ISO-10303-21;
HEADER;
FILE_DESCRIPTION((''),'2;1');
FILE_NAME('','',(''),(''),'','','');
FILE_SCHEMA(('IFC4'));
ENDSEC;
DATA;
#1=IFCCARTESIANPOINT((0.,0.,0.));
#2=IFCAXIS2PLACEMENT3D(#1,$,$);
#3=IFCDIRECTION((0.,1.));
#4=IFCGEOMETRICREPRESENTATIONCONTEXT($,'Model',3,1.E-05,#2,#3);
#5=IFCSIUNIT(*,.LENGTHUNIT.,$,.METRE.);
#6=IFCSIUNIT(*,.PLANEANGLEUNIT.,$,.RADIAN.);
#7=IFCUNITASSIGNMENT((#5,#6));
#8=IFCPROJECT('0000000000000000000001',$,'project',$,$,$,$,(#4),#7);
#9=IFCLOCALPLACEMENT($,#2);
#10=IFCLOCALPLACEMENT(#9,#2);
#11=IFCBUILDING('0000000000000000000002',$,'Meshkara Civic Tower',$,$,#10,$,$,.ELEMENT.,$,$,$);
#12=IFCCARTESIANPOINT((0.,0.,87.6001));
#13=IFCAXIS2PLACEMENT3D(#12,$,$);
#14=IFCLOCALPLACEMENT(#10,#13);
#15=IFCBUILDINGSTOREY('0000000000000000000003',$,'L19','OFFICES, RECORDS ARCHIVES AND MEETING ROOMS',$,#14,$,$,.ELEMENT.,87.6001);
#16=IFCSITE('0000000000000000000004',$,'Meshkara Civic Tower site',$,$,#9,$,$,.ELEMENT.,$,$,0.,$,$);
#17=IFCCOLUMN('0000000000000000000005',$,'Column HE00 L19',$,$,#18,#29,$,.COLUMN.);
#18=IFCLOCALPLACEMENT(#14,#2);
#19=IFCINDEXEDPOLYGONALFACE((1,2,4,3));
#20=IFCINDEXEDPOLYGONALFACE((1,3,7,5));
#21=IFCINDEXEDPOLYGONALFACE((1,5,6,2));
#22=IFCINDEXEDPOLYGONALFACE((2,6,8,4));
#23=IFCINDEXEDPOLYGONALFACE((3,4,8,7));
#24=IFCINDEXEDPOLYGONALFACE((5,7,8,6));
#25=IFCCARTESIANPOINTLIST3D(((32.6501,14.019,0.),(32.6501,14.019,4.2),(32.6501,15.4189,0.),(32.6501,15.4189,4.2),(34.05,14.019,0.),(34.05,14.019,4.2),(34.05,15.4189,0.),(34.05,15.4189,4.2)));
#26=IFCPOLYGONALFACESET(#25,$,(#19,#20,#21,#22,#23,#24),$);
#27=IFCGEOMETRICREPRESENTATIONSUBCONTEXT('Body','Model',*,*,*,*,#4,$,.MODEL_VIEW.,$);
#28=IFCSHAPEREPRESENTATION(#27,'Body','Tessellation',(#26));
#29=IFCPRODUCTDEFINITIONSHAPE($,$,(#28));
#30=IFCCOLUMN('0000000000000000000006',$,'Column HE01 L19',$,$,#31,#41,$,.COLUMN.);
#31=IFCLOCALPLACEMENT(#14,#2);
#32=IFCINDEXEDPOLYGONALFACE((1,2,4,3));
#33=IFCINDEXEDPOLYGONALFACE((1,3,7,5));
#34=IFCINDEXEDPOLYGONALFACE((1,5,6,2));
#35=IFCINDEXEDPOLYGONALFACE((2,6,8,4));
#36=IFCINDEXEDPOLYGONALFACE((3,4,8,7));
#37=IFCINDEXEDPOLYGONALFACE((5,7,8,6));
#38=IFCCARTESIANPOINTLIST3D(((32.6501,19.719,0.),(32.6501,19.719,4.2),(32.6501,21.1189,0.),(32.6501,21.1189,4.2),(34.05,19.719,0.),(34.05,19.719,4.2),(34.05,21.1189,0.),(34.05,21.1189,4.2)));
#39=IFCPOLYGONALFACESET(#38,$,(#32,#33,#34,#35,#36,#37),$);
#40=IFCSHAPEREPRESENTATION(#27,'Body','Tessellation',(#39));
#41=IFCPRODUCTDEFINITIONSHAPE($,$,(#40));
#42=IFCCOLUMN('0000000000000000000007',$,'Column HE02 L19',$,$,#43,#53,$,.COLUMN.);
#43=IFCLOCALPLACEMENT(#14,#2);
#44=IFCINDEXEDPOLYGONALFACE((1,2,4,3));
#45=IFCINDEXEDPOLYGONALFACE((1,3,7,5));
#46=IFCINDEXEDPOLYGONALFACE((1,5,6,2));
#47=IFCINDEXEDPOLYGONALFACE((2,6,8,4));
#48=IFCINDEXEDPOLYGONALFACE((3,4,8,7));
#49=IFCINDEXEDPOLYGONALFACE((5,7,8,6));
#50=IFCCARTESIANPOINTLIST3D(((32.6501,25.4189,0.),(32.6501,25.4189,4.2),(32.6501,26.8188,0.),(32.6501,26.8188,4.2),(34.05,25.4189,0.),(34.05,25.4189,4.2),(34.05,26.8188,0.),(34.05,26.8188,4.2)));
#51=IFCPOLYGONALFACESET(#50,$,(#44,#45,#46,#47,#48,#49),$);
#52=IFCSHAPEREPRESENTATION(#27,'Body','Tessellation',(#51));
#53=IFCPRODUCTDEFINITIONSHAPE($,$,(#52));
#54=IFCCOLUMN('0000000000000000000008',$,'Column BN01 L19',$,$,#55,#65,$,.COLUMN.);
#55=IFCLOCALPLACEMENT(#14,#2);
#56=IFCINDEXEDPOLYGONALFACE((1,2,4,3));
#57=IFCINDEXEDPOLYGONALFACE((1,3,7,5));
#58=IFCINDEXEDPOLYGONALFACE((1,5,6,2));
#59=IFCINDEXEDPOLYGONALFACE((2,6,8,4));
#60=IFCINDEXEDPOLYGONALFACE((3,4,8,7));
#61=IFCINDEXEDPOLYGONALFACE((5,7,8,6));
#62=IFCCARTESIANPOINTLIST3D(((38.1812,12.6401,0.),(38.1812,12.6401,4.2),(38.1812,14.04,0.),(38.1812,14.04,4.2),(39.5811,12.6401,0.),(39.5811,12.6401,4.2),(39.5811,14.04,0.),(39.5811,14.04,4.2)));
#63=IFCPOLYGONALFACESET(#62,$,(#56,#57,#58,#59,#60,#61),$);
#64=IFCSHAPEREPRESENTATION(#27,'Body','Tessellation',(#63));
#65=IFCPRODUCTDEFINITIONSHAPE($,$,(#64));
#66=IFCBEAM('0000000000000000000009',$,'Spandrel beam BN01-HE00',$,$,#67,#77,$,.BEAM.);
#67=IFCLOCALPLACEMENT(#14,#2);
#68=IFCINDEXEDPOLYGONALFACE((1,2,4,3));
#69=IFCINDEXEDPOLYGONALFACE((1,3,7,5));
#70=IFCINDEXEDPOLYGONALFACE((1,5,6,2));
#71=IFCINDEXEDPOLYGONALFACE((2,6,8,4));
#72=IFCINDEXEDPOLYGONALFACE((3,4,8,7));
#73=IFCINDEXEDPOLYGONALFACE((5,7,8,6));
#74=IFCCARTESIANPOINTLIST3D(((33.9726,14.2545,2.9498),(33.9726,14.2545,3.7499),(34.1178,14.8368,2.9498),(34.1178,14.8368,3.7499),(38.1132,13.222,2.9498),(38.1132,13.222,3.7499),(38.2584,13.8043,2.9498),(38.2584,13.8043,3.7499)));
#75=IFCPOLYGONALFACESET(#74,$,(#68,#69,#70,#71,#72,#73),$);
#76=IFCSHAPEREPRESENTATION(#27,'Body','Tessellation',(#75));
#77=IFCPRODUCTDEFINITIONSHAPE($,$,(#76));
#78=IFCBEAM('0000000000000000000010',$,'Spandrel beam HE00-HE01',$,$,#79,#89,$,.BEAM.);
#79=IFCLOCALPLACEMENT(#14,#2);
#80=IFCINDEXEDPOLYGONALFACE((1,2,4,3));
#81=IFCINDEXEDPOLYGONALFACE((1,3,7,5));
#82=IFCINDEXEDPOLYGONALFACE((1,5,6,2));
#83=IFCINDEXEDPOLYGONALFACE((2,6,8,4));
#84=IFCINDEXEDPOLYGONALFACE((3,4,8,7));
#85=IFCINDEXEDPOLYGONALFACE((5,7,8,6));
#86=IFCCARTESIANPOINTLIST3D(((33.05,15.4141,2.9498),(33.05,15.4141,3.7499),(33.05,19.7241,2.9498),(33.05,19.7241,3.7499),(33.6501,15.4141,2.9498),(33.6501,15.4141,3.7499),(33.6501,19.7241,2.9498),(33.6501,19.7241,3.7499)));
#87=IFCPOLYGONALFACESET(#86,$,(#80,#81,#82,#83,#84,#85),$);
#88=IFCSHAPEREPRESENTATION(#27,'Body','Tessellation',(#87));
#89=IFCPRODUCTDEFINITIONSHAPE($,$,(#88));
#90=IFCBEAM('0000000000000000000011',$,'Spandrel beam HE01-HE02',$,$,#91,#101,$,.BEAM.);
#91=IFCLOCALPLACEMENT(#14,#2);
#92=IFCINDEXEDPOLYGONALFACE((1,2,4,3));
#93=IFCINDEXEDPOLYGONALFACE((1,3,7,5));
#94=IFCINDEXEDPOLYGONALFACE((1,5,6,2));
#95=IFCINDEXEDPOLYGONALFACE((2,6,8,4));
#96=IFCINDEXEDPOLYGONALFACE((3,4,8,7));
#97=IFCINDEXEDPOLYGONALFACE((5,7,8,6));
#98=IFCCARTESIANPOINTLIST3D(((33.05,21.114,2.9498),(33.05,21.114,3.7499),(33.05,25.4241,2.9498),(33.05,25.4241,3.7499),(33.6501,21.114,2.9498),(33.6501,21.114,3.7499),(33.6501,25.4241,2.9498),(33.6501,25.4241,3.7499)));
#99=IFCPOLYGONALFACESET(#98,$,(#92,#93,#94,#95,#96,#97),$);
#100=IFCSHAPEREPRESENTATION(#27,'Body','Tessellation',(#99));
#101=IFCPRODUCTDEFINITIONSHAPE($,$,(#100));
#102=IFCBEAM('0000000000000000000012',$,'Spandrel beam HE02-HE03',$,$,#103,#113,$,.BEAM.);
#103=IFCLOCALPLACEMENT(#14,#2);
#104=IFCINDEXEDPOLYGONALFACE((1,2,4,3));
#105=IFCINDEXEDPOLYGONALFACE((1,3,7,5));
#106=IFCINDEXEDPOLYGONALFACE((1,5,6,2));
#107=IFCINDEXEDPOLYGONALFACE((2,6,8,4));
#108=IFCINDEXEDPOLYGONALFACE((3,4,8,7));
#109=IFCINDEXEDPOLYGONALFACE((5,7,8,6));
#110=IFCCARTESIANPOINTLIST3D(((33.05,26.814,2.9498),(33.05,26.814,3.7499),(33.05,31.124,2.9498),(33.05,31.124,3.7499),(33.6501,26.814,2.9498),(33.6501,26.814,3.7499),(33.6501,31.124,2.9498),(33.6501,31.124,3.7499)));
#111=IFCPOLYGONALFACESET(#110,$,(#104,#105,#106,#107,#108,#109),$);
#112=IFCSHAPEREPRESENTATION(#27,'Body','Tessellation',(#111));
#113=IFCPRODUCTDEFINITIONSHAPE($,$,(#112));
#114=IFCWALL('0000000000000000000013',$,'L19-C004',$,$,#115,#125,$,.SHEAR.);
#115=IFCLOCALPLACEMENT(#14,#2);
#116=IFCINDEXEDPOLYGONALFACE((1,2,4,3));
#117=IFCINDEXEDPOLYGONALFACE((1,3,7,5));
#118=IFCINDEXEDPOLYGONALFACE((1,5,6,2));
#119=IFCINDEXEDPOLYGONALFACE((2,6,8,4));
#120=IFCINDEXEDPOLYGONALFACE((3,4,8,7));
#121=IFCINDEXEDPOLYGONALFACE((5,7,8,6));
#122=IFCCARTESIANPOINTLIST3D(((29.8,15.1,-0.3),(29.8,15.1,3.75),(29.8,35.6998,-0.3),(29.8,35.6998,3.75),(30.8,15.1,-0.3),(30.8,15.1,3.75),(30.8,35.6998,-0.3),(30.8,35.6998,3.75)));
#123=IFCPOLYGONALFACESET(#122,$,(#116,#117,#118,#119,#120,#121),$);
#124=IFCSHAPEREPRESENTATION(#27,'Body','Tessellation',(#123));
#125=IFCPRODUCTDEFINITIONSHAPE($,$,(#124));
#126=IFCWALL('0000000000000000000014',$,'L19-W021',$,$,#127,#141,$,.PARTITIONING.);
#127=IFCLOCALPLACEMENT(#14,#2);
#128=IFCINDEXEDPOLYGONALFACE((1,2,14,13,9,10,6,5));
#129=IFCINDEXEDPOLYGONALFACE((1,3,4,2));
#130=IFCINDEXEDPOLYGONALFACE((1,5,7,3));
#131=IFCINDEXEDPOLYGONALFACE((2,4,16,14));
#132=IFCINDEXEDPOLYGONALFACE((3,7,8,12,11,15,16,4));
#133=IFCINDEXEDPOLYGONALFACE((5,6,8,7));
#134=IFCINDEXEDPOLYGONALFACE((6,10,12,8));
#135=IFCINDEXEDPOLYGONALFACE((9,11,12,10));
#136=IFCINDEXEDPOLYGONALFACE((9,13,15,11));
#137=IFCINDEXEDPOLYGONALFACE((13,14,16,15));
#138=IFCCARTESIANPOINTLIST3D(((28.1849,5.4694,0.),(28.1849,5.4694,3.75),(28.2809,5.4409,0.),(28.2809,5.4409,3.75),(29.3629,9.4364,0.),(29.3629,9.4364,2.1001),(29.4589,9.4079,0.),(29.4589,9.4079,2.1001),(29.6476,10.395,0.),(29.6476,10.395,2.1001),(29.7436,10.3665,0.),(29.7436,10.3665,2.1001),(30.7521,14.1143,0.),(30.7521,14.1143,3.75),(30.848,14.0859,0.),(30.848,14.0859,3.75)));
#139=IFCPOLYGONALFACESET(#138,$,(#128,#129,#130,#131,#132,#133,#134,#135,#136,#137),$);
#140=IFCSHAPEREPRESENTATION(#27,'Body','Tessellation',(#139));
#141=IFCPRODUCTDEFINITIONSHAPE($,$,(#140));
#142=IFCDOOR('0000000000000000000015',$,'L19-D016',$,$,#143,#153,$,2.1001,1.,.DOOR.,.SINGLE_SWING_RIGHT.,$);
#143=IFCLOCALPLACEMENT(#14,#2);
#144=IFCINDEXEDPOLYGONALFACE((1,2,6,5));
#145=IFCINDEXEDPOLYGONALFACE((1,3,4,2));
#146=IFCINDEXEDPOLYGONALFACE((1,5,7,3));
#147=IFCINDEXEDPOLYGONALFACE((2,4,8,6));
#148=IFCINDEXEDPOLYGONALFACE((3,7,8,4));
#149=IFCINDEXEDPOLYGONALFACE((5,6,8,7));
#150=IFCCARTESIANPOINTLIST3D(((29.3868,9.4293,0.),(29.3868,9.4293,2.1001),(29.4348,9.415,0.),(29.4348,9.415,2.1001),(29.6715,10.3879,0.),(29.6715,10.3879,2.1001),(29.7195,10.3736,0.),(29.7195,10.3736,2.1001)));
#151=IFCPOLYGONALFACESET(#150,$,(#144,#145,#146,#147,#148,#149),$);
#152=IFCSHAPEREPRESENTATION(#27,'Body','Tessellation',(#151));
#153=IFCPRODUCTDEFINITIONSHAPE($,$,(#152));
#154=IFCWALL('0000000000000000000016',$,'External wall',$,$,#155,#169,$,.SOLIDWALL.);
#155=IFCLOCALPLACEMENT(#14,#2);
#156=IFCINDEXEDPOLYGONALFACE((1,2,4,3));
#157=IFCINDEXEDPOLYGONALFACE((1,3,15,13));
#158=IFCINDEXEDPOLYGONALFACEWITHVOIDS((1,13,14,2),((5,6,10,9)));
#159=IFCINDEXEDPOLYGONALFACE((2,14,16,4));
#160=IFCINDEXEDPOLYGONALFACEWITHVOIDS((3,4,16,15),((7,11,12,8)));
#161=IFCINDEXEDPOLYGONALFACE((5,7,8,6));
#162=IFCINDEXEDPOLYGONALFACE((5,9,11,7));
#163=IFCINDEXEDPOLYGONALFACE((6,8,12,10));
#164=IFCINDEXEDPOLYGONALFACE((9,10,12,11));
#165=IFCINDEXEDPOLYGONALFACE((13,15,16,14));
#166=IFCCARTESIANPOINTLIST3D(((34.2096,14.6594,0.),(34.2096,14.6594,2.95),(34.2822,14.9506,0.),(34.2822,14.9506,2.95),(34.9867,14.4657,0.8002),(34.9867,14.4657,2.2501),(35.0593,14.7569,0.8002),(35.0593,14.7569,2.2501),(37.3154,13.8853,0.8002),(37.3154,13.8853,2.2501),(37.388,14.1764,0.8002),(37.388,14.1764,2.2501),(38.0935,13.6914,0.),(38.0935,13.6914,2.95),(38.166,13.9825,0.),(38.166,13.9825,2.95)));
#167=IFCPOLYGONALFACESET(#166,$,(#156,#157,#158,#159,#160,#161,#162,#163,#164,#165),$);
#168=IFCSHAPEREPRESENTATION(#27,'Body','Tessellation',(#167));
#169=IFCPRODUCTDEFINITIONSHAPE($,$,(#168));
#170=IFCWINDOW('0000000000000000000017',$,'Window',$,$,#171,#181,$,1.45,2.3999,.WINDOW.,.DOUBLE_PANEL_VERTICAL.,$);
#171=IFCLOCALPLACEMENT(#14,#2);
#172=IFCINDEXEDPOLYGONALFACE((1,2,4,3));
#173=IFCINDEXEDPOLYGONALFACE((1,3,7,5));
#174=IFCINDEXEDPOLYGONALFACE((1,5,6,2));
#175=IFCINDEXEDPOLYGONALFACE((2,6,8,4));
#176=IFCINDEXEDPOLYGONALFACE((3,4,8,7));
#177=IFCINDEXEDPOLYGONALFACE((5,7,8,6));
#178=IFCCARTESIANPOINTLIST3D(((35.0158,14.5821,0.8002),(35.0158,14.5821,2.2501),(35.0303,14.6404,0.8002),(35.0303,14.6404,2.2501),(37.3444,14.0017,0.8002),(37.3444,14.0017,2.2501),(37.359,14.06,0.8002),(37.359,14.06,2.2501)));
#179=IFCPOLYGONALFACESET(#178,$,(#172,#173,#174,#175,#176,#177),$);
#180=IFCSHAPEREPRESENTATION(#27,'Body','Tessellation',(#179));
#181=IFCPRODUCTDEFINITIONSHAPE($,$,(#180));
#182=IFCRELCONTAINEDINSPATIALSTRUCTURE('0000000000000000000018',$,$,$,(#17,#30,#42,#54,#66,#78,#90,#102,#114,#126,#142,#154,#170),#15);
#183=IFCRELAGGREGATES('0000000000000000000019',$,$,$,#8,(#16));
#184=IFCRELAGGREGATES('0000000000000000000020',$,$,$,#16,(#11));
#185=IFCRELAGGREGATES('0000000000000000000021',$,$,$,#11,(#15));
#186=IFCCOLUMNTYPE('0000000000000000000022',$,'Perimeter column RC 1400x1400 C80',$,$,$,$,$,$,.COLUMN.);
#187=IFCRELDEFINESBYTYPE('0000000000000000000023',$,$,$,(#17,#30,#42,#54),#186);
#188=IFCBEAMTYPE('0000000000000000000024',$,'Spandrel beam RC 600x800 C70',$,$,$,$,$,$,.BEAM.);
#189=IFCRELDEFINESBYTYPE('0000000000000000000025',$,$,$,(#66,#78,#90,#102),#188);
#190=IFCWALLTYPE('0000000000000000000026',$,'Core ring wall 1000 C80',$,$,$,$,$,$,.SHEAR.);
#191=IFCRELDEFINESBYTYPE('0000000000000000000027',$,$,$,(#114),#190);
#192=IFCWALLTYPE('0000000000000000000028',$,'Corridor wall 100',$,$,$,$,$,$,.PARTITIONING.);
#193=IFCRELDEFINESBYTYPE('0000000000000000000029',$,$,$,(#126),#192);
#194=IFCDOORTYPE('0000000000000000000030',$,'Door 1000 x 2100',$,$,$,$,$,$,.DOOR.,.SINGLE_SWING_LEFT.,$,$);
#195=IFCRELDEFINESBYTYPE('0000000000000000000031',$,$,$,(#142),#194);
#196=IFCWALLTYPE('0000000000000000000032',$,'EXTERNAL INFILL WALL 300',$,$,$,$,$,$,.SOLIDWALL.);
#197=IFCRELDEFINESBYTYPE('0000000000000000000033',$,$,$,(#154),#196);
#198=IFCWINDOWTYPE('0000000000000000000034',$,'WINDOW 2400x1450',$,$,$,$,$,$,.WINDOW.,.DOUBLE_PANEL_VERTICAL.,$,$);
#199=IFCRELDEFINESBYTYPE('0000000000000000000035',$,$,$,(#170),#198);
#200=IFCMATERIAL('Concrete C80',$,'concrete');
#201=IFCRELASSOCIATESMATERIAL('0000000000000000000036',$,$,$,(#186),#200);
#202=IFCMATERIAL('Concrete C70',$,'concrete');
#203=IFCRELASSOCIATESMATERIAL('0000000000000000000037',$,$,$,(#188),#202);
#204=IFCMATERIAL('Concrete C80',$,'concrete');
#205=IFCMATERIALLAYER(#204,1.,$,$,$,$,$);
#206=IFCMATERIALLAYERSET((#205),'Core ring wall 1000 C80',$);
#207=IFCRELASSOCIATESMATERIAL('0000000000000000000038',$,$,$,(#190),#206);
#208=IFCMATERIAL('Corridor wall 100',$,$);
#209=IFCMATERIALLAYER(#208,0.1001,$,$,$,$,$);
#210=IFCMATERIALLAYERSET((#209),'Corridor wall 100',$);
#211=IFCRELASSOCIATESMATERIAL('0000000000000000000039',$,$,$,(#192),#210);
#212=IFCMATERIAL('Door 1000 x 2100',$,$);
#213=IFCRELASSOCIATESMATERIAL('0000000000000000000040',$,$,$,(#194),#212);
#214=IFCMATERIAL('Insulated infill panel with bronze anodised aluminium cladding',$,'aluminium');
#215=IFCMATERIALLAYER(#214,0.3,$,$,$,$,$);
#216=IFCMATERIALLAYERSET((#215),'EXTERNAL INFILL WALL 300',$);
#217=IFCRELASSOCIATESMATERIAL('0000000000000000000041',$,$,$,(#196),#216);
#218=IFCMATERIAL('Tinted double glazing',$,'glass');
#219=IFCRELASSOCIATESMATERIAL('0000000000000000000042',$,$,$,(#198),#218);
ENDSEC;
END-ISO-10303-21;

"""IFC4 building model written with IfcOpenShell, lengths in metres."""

from ifc_helpers import new_model, si_unit, direction, frame, frame_2d, origin, origin_2d, place, context, subcontext, project, spatial, rectangle, extrude, material, layer, layer_set, material_profile, profile_set, type_object, element, fill, save


model = new_model("IFC4")

# Units and contexts
model_context = context("Model", 3, precision=1e-05, world=origin(), true_north=direction((0.0, 1.0)))
body_context = subcontext(model_context, "Body", "Model", "MODEL_VIEW")
ifc_project = project(units=[si_unit("LENGTHUNIT", "METRE"), si_unit("PLANEANGLEUNIT", "RADIAN")], contexts=[model_context])

# Site, building, storey
site_placement = place(None, origin())
site = spatial("IfcSite", under=ifc_project, at=site_placement, Name="Meshkara Civic Tower site", CompositionType="ELEMENT", RefElevation=0.0)
building_placement = place(site_placement, origin())
building = spatial("IfcBuilding", under=site, at=building_placement, Name="Meshkara Civic Tower", CompositionType="ELEMENT")
storey_placement = place(building_placement, frame((0.0, 0.0, 87.6001)))
storey = spatial("IfcBuildingStorey", under=building, at=storey_placement, Name="L19", Description="OFFICES, RECORDS ARCHIVES AND MEETING ROOMS", CompositionType="ELEMENT", Elevation=87.6001)

# Columns
ifc_material_1 = material(Name="Concrete C80", Category="concrete")
ifc_material_profile_1 = material_profile(ifc_material_1, rectangle(XDim=1.3999, YDim=1.3999, at=origin_2d()))
ifc_profile_set_1 = profile_set([ifc_material_profile_1], Name="Concrete C80")
column_type = type_object("IfcColumnType", Name="Perimeter column RC 1400x1400 C80", PredefinedType="COLUMN", material=ifc_profile_set_1)
for number, where, z_axis, x_axis, name in (
    (1, (33.3501, 14.719, 0.0), (0.0, 0.0, 1.0), (1.0, 0.0, 0.0), "Column HE00 L19"),
    (2, (33.3501, 20.4189, 0.0), (0.0, 0.0, 1.0), (1.0, 0.0, 0.0), "Column HE01 L19"),
    (3, (33.3501, 26.1189, 0.0), (0.0, 0.0, 1.0), (1.0, 0.0, 0.0), "Column HE02 L19"),
    (4, (38.8811, 13.3401, 0.0), (0.0, 0.0, 1.0), (1.0, 0.0, 0.0), "Column BN01 L19"),
):
    element("IfcColumn", number, at=place(storey_placement, frame(where, z_axis=z_axis, x_axis=x_axis)), inside=storey, type_object=column_type, Name=name, PredefinedType="COLUMN", context=body_context, shape_type="SweptSolid", body=[
        extrude(rectangle(XDim=1.3999, YDim=1.3999, at=origin_2d()), origin(), (0.0, 0.0, 1.0), 4.2),
    ])

# Beams
ifc_material_2 = material(Name="Concrete C70", Category="concrete")
ifc_material_profile_2 = material_profile(ifc_material_2, rectangle(XDim=0.6001, YDim=0.8, at=origin_2d()))
ifc_profile_set_2 = profile_set([ifc_material_profile_2], Name="Concrete C70")
beam_type = type_object("IfcBeamType", Name="Spandrel beam RC 600x800 C70", PredefinedType="BEAM", material=ifc_profile_set_2)
beam_placement = place(storey_placement, frame((38.1858, 13.5132, 3.3499), z_axis=(-0.97029, 0.241943, 0.0), x_axis=(-0.241943, -0.97029, 0.0)))
element("IfcBeam", 5, at=beam_placement, inside=storey, type_object=beam_type, Name="Spandrel beam BN01-HE00", PredefinedType="BEAM", context=body_context, shape_type="SweptSolid", body=[
    extrude(rectangle(XDim=0.6001, YDim=0.8, at=origin_2d()), origin(), (0.0, 0.0, 1.0), 4.2673),
])
for number, where, z_axis, x_axis, name in (
    (6, (33.3501, 15.4141, 3.3499), (0.0, 1.0, 0.0), (-1.0, 0.0, 0.0), "Spandrel beam HE00-HE01"),
    (7, (33.3501, 21.114, 3.3499), (0.0, 1.0, 0.0), (-1.0, 0.0, 0.0), "Spandrel beam HE01-HE02"),
    (8, (33.3501, 26.814, 3.3499), (0.0, 1.0, 0.0), (-1.0, 0.0, 0.0), "Spandrel beam HE02-HE03"),
):
    element("IfcBeam", number, at=place(storey_placement, frame(where, z_axis=z_axis, x_axis=x_axis)), inside=storey, type_object=beam_type, Name=name, PredefinedType="BEAM", context=body_context, shape_type="SweptSolid", body=[
        extrude(rectangle(XDim=0.6001, YDim=0.8, at=origin_2d()), origin(), (0.0, 0.0, 1.0), 4.3101),
    ])

# Wall
ifc_material_3 = material(Name="Concrete C80", Category="concrete")
ifc_layer_1 = layer(ifc_material_3, 1.0)
ifc_layer_set_1 = layer_set([ifc_layer_1], Name="Core ring wall 1000 C80")
wall_type_1 = type_object("IfcWallType", Name="Core ring wall 1000 C80", PredefinedType="SHEAR", material=ifc_layer_set_1)
wall_1_placement = place(storey_placement, frame((30.3, 15.1001, -0.3), z_axis=(0.0, 0.0, 1.0), x_axis=(0.0, 1.0, 0.0)))
element("IfcWall", 9, at=wall_1_placement, inside=storey, type_object=wall_type_1, Name="L19-C004", PredefinedType="SHEAR", context=body_context, shape_type="SweptSolid", body=[
    extrude(rectangle(XDim=20.5999, YDim=1.0, at=frame_2d((10.2998, 0.0))), origin(), (0.0, 0.0, 1.0), 4.05),
])

# Wall, opening, door
ifc_material_4 = material(Name="Corridor wall 100")
ifc_layer_2 = layer(ifc_material_4, 0.1001)
ifc_layer_set_2 = layer_set([ifc_layer_2], Name="Corridor wall 100")
wall_type_2 = type_object("IfcWallType", Name="Corridor wall 100", PredefinedType="PARTITIONING", material=ifc_layer_set_2)
wall_2_placement = place(storey_placement, frame((30.8, 14.1001, 0.0), z_axis=(0.0, 0.0, 1.0), x_axis=(-0.284664, -0.958627, 0.0)))
wall_2 = element("IfcWall", 10, at=wall_2_placement, inside=storey, type_object=wall_type_2, Name="L19-W021", PredefinedType="PARTITIONING", context=body_context, shape_type="SweptSolid", body=[
    extrude(rectangle(XDim=9.0181, YDim=0.1001, at=frame_2d((4.509, 0.0))), origin(), (0.0, 0.0, 1.0), 3.75),
])
opening_1_placement = place(wall_2_placement, frame((3.8799, 0.0, 0.0)))
opening_1 = element("IfcOpeningElement", 11, at=opening_1_placement, cuts=wall_2, PredefinedType="OPENING", context=body_context, shape_type="SweptSolid", body=[
    extrude(rectangle(XDim=1.0, YDim=2.1001, at=frame_2d((0.5, 1.05))), frame((0.0, 0.0601, 0.0), z_axis=(0.0, -1.0, 0.0), x_axis=(1.0, 0.0, 0.0)), (0.0, 0.0, 1.0), 0.1201),
])
ifc_material_5 = material(Name="Door 1000 x 2100")
door_type_1 = type_object("IfcDoorType", Name="Door 1000 x 2100", OperationType="SINGLE_SWING_LEFT", PredefinedType="DOOR", material=ifc_material_5)
door_1_placement = place(opening_1_placement, origin())
door_1 = element("IfcDoor", 12, at=door_1_placement, inside=storey, type_object=door_type_1, Name="L19-D016", OperationType="SINGLE_SWING_RIGHT", OverallHeight=2.1001, OverallWidth=1.0, PredefinedType="DOOR", context=body_context, shape_type="SweptSolid", body=[
    extrude(rectangle(XDim=1.0, YDim=2.1001, at=frame_2d((0.5, 1.05))), frame((0.0, 0.0249, 0.0), z_axis=(0.0, -1.0, 0.0), x_axis=(1.0, 0.0, 0.0)), (0.0, 0.0, 1.0), 0.05),
])
fill(opening_1, door_1)

# Wall, opening, window
ifc_material_6 = material(Name="Insulated infill panel with bronze anodised aluminium cladding", Category="aluminium")
ifc_layer_3 = layer(ifc_material_6, 0.3)
ifc_layer_set_3 = layer_set([ifc_layer_3], Name="EXTERNAL INFILL WALL 300")
wall_type_3 = type_object("IfcWallType", Name="EXTERNAL INFILL WALL 300", PredefinedType="SOLIDWALL", material=ifc_layer_set_3)
wall_3_placement = place(storey_placement, frame((38.1299, 13.8369, 0.0), z_axis=(0.0, 0.0, 1.0), x_axis=(-0.970314, 0.241847, 0.0)))
wall_3 = element("IfcWall", 13, at=wall_3_placement, inside=storey, type_object=wall_type_3, Name="External wall", PredefinedType="SOLIDWALL", context=body_context, shape_type="SweptSolid", body=[
    extrude(rectangle(XDim=4.0027, YDim=0.3, at=frame_2d((2.0015, 0.0))), origin(), (0.0, 0.0, 1.0), 2.95),
])
opening_2_placement = place(wall_3_placement, frame((0.802, 0.0, 0.8)))
opening_2 = element("IfcOpeningElement", 14, at=opening_2_placement, cuts=wall_3, PredefinedType="OPENING", context=body_context, shape_type="SweptSolid", body=[
    extrude(rectangle(XDim=2.3999, YDim=1.45, at=frame_2d((1.2, 0.7251))), frame((0.0, 0.1599, 0.0), z_axis=(0.0, -1.0, 0.0), x_axis=(1.0, 0.0, 0.0)), (0.0, 0.0, 1.0), 0.3201),
])
ifc_material_7 = material(Name="Tinted double glazing", Category="glass")
window_type = type_object("IfcWindowType", Name="WINDOW 2400x1450", PartitioningType="DOUBLE_PANEL_VERTICAL", PredefinedType="WINDOW", material=ifc_material_7)
window_1_placement = place(opening_2_placement, origin())
window_1 = element("IfcWindow", 15, at=window_1_placement, inside=storey, type_object=window_type, Name="Window", OverallHeight=1.45, OverallWidth=2.3999, PartitioningType="DOUBLE_PANEL_VERTICAL", PredefinedType="WINDOW", context=body_context, shape_type="SweptSolid", body=[
    extrude(rectangle(XDim=2.3999, YDim=1.45, at=frame_2d((1.2, 0.7251))), frame((0.0, 0.03, 0.0), z_axis=(0.0, -1.0, 0.0), x_axis=(1.0, 0.0, 0.0)), (0.0, 0.0, 1.0), 0.0601),
])
fill(opening_2, window_1)

save(model, "model.ifc")
